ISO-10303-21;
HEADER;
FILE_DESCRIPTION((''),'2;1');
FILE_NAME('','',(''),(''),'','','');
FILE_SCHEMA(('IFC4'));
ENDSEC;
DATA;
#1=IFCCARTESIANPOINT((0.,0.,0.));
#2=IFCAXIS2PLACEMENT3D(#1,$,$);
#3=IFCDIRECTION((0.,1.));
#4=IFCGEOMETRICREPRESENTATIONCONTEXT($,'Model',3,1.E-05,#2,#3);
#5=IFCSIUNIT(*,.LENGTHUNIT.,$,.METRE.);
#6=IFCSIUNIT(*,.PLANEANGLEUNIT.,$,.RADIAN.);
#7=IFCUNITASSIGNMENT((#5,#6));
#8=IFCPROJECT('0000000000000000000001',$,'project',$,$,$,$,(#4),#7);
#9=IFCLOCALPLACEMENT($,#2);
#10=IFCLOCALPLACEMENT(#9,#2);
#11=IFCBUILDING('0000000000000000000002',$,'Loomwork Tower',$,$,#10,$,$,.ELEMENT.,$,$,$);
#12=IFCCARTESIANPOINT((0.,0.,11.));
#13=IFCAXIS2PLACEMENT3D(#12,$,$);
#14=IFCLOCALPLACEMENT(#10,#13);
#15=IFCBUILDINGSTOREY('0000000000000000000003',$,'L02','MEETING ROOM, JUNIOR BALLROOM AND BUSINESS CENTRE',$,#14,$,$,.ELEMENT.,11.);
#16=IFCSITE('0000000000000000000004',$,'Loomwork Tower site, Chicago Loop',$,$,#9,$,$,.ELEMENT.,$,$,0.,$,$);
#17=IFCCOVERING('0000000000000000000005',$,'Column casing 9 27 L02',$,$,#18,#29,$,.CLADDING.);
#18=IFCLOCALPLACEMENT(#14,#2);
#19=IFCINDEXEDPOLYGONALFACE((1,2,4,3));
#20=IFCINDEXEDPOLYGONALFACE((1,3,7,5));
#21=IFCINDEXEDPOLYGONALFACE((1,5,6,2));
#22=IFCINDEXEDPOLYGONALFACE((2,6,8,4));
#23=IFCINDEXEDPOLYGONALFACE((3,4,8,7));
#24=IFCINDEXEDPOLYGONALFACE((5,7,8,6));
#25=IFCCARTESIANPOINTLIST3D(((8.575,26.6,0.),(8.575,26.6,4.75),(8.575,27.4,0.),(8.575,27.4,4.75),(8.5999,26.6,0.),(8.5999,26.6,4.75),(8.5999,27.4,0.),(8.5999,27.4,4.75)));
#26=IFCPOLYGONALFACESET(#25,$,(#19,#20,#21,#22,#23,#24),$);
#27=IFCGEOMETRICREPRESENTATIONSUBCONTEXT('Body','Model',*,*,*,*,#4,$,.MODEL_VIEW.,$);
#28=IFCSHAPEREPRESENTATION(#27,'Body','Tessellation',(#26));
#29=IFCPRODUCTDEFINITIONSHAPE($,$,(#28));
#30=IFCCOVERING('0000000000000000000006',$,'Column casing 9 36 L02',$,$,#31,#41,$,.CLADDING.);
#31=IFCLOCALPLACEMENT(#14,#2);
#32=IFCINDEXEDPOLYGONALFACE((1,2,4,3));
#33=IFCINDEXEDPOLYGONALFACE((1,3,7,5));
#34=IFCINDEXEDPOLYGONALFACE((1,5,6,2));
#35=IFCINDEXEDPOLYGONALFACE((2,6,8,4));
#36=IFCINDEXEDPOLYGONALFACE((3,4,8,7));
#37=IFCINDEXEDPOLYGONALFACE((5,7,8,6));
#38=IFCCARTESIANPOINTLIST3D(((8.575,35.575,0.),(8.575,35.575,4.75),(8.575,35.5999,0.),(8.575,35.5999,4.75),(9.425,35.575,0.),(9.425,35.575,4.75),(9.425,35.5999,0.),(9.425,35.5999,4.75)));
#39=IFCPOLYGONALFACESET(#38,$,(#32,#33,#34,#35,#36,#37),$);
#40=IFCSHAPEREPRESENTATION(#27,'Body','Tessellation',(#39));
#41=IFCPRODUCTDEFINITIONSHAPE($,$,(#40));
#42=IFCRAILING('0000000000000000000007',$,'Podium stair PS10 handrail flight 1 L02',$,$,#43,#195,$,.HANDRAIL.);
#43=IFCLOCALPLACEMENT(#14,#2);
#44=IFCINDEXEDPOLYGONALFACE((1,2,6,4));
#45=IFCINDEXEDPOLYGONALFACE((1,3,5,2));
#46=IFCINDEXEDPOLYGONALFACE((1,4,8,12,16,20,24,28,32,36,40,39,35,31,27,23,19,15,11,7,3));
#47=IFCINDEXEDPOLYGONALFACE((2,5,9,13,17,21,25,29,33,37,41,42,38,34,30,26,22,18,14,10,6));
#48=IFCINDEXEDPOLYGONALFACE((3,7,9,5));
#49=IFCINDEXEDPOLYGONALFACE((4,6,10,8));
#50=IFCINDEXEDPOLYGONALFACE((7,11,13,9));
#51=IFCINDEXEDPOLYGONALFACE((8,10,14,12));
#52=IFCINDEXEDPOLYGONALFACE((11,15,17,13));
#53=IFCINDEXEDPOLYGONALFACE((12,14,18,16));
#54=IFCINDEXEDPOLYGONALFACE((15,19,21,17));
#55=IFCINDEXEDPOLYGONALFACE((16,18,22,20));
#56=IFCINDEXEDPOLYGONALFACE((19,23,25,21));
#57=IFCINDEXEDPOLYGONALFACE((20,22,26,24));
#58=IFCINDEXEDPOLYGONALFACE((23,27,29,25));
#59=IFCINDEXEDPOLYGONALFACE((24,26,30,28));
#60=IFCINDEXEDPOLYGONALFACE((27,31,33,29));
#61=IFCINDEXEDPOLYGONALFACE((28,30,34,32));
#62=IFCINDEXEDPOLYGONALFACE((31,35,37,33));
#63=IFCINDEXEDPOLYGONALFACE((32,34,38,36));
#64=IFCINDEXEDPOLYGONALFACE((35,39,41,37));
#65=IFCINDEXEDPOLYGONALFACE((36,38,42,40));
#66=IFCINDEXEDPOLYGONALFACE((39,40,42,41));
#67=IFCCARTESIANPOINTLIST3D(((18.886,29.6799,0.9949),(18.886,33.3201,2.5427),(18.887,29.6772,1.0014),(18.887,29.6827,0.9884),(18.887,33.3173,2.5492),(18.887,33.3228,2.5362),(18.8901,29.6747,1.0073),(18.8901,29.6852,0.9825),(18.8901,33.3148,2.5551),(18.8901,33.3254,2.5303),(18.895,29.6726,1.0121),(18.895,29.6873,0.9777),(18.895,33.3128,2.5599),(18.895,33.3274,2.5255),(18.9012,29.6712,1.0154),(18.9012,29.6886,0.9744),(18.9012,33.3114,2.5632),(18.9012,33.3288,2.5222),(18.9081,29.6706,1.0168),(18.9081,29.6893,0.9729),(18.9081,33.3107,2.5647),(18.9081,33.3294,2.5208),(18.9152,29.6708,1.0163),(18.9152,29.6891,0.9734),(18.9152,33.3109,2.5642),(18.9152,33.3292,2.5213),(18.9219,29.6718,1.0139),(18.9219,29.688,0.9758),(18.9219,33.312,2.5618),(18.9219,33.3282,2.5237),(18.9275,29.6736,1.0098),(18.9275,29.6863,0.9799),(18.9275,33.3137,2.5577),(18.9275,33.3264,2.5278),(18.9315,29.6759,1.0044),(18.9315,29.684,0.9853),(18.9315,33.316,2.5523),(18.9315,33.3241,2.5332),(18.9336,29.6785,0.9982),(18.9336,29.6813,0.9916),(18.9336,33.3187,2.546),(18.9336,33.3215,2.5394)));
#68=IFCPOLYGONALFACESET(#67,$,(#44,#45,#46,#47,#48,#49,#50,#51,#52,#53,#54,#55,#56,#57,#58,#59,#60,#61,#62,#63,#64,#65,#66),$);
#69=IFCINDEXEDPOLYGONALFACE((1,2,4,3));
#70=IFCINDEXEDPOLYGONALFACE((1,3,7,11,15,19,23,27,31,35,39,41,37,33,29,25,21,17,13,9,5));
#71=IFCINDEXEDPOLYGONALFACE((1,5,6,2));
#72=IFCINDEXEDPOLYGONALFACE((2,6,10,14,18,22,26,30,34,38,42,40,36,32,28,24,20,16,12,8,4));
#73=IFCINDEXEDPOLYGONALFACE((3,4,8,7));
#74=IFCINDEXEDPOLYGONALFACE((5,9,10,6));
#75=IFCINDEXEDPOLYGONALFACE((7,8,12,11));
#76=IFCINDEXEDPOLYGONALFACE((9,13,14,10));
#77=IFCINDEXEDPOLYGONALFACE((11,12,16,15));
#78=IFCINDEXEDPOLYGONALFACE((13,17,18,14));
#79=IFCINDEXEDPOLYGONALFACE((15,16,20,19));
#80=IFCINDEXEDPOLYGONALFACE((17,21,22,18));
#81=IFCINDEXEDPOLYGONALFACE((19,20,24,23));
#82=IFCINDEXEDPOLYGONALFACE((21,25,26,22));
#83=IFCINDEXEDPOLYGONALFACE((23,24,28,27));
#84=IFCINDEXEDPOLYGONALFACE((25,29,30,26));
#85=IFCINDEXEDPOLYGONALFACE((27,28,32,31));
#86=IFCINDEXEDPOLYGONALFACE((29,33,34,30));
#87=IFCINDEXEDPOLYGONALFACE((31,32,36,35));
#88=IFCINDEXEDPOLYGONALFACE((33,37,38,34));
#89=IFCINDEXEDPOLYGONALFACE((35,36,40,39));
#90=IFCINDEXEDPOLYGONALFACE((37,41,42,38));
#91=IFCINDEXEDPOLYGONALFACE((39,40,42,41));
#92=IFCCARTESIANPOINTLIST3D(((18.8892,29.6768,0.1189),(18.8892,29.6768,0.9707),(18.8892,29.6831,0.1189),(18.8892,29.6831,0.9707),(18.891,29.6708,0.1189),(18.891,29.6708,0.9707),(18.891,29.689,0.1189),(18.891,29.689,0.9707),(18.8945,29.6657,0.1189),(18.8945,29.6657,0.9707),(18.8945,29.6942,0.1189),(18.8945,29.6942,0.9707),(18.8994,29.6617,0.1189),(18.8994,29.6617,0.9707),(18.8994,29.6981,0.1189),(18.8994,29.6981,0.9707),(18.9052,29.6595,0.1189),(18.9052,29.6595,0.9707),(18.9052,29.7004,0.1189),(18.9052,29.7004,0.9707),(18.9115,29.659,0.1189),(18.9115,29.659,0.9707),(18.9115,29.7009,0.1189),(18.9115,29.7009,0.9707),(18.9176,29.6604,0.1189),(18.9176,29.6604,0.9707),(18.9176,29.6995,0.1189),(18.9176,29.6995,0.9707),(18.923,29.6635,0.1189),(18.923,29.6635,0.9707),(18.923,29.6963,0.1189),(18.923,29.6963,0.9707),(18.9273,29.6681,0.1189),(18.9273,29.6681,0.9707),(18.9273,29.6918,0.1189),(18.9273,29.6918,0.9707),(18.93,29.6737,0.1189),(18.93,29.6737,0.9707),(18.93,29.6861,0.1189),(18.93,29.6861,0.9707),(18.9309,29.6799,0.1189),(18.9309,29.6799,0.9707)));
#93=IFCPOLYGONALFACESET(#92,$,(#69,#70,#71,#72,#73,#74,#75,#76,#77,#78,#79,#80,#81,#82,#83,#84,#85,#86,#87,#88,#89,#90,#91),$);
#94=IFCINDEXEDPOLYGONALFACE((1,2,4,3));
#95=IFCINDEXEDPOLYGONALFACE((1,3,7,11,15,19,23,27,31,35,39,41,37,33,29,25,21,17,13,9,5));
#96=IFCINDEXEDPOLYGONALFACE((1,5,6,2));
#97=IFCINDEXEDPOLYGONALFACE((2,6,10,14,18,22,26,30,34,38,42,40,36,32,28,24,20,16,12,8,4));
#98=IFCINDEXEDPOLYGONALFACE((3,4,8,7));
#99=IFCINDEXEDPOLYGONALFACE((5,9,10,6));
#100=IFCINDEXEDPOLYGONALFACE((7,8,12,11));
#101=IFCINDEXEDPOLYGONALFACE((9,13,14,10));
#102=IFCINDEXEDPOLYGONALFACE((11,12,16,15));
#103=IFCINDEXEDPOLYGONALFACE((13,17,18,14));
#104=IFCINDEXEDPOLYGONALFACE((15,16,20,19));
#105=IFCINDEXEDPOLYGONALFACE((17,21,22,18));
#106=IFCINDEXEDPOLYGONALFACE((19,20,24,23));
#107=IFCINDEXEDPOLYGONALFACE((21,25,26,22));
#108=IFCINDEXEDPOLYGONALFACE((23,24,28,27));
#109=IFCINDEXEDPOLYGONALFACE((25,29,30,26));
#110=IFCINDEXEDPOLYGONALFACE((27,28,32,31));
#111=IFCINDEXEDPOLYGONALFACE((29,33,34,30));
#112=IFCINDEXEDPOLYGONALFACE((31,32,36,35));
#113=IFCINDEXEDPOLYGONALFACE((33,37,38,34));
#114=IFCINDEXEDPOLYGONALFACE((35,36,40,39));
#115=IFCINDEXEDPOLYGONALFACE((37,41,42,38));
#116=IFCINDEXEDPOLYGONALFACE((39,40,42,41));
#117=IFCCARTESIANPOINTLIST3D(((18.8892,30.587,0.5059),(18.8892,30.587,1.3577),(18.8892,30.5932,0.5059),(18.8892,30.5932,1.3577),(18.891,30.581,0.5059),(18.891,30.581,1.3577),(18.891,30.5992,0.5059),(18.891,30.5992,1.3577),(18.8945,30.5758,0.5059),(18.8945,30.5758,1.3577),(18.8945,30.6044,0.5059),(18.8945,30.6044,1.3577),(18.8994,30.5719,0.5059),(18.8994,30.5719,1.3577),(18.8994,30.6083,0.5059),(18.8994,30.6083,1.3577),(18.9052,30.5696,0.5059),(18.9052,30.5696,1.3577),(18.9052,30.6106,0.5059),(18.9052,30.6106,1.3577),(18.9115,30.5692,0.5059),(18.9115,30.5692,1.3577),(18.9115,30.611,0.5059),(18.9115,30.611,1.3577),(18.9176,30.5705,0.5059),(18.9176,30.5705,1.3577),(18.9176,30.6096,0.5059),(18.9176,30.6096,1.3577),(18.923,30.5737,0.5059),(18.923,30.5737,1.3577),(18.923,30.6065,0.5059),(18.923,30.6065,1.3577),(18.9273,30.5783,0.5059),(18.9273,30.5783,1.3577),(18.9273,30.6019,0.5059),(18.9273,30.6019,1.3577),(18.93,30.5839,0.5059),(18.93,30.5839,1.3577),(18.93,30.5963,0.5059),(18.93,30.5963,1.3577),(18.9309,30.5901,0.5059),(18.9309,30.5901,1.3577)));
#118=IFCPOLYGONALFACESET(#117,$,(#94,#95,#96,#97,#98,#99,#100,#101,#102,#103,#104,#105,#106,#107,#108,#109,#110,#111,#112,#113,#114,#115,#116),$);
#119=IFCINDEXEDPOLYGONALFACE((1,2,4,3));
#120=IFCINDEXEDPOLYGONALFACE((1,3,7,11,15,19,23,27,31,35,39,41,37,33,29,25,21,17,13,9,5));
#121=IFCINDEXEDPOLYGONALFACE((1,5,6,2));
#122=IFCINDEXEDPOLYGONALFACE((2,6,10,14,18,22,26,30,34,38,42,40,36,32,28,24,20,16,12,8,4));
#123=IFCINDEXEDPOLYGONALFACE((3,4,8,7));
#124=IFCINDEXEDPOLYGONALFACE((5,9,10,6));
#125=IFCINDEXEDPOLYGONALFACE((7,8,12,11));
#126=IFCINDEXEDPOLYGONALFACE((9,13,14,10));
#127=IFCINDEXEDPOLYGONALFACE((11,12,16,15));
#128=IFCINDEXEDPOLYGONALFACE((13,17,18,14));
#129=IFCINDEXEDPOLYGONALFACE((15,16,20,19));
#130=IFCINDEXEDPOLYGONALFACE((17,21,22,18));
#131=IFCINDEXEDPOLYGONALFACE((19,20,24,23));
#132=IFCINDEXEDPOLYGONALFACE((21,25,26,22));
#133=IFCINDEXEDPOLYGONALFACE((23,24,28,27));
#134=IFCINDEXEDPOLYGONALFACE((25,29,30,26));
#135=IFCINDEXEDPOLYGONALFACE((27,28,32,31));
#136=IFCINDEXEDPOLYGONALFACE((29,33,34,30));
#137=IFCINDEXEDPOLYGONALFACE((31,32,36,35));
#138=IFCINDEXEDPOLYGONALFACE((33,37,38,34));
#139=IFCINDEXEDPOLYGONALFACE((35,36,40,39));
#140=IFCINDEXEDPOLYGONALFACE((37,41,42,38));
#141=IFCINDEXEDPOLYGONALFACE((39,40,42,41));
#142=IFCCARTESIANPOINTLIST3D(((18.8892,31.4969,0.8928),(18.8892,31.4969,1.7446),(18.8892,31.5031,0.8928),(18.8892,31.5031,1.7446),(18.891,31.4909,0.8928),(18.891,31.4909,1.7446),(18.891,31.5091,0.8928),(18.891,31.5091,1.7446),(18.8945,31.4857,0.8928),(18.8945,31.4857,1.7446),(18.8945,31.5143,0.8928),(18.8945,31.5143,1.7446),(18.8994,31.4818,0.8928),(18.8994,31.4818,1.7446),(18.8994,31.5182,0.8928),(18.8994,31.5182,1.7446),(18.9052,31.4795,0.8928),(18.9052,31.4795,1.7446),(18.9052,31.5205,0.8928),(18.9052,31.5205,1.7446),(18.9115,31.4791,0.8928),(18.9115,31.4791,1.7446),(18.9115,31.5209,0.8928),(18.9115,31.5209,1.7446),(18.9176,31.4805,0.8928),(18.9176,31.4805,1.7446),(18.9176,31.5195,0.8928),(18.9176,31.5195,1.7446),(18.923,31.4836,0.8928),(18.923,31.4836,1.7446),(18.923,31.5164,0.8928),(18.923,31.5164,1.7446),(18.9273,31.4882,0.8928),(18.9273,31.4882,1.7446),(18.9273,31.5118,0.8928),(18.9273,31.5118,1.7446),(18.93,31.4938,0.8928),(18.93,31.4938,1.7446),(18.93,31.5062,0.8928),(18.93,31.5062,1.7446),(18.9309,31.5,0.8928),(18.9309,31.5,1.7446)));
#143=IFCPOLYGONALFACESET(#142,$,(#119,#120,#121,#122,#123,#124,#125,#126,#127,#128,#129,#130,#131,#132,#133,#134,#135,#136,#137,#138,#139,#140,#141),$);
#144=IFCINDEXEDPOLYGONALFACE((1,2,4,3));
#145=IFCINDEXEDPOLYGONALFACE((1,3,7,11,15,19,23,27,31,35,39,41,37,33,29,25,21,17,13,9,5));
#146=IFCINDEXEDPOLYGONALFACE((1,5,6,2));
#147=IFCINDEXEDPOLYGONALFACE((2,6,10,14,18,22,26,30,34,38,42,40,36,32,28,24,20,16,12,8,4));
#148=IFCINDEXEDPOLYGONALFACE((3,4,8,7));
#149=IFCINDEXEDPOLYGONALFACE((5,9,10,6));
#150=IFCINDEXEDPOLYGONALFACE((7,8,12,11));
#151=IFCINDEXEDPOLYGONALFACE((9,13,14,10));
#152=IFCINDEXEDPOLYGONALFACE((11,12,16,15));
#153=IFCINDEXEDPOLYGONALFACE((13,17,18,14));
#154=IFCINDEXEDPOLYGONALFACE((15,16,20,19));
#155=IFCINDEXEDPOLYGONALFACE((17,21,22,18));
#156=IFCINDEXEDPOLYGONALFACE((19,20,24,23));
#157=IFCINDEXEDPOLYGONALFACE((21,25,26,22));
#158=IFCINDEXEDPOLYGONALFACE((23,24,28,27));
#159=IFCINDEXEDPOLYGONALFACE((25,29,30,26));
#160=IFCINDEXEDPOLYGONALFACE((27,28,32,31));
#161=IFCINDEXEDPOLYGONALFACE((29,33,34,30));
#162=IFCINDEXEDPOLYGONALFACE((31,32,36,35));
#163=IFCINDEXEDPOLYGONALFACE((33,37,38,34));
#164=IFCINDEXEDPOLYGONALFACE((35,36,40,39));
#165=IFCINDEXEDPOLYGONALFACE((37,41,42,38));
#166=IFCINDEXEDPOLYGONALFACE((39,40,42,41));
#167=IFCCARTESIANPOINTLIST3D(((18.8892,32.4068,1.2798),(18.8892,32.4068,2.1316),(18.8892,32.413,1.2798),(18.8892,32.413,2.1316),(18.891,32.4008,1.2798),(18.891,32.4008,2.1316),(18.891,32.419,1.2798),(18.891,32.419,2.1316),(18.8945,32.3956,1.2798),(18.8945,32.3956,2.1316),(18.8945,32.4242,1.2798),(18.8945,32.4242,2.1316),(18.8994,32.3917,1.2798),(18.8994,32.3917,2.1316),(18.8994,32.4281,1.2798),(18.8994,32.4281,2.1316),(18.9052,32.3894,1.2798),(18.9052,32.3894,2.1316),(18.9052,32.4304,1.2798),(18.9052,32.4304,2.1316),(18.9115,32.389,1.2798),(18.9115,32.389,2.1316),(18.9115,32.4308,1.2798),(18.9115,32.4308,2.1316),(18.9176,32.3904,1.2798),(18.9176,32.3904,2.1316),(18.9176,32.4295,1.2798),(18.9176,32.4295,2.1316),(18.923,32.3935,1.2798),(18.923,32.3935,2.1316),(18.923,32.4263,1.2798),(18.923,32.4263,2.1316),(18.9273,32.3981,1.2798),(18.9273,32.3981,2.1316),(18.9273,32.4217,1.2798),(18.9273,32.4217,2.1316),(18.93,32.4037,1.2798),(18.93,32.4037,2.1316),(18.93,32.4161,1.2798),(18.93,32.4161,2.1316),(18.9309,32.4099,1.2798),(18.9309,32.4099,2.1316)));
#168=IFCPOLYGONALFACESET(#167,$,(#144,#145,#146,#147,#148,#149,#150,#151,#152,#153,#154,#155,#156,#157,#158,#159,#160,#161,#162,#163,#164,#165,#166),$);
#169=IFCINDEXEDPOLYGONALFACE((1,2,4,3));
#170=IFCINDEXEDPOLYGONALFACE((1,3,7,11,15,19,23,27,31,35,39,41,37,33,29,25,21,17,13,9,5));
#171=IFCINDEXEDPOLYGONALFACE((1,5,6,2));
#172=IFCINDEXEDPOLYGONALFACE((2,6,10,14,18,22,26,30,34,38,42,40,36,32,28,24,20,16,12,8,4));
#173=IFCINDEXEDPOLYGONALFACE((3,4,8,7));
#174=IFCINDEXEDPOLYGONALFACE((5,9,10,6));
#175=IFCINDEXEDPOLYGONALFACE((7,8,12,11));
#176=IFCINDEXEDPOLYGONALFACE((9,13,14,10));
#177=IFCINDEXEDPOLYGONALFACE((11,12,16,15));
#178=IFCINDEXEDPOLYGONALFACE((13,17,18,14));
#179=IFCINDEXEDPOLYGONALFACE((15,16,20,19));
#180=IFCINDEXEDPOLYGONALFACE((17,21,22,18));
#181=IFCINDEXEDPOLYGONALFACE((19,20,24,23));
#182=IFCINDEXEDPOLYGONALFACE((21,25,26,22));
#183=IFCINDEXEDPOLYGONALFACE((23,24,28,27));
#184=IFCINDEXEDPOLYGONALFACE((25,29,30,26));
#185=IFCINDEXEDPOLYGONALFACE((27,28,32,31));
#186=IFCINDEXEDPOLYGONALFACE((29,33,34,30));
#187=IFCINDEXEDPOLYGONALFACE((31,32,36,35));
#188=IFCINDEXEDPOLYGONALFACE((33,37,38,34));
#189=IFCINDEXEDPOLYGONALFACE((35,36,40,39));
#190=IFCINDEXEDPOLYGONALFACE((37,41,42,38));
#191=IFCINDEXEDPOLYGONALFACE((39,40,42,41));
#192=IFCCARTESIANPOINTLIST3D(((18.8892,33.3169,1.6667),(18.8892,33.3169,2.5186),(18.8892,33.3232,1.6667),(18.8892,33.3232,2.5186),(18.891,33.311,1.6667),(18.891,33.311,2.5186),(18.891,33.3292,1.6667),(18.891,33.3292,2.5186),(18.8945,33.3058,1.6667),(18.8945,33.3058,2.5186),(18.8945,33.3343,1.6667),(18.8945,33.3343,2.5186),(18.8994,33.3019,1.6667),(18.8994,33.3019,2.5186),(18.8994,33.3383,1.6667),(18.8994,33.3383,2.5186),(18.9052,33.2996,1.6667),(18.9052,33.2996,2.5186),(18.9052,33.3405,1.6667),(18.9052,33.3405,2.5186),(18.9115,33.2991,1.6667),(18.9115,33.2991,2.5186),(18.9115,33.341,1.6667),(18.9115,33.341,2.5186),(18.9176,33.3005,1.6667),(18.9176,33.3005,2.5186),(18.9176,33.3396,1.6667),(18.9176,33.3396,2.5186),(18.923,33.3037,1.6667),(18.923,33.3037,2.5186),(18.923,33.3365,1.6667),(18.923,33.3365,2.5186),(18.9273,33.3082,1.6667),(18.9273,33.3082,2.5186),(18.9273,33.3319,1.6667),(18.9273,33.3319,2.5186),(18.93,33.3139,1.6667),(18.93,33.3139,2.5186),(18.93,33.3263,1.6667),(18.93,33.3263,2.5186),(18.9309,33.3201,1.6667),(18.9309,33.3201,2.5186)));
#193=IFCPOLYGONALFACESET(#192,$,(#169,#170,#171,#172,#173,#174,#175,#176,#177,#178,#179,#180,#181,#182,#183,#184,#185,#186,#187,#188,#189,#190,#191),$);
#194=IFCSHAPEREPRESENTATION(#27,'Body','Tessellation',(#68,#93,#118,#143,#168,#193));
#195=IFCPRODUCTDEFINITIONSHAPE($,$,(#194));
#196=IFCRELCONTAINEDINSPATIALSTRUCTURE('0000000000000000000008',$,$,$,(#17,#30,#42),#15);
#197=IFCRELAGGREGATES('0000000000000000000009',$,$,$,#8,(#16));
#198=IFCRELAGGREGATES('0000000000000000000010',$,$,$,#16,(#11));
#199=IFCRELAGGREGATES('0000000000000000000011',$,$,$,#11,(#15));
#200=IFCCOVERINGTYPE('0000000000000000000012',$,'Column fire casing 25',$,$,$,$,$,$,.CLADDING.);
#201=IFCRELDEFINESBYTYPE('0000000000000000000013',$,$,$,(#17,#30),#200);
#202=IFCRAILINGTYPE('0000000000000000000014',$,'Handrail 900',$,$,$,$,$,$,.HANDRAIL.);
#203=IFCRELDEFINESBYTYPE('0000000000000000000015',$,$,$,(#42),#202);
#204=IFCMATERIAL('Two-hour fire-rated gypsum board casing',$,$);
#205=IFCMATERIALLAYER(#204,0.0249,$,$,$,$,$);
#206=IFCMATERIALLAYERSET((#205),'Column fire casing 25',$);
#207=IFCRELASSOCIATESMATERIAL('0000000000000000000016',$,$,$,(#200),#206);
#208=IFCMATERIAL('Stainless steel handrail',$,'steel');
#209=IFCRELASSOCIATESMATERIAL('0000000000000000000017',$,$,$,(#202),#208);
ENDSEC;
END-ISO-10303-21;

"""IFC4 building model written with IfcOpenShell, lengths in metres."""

from ifc_helpers import new_model, si_unit, direction, frame, origin, origin_2d, place, context, subcontext, project, spatial, rectangle, circle, extrude, material, layer, layer_set, type_object, element, save


model = new_model("IFC4")

# Units and contexts
model_context = context("Model", 3, precision=1e-05, world=origin(), true_north=direction((0.0, 1.0)))
body_context = subcontext(model_context, "Body", "Model", "MODEL_VIEW")
ifc_project = project(units=[si_unit("LENGTHUNIT", "METRE"), si_unit("PLANEANGLEUNIT", "RADIAN")], contexts=[model_context])

# Site, building, storey
site_placement = place(None, origin())
site = spatial("IfcSite", under=ifc_project, at=site_placement, Name="Loomwork Tower site, Chicago Loop", CompositionType="ELEMENT", RefElevation=0.0)
building_placement = place(site_placement, origin())
building = spatial("IfcBuilding", under=site, at=building_placement, Name="Loomwork Tower", CompositionType="ELEMENT")
storey_placement = place(building_placement, frame((0.0, 0.0, 11.0)))
storey = spatial("IfcBuildingStorey", under=building, at=storey_placement, Name="L02", Description="MEETING ROOM, JUNIOR BALLROOM AND BUSINESS CENTRE", CompositionType="ELEMENT", Elevation=11.0)

# Coverings
ifc_material_1 = material(Name="Two-hour fire-rated gypsum board casing")
ifc_layer_1 = layer(ifc_material_1, 0.0249)
ifc_layer_set_1 = layer_set([ifc_layer_1], Name="Column fire casing 25")
covering_type = type_object("IfcCoveringType", Name="Column fire casing 25", PredefinedType="CLADDING", material=ifc_layer_set_1)
for number, where, z_axis, x_axis, name in (
    (1, (8.5874, 27.0, 0.0), (0.0, 0.0, 1.0), (1.0, 0.0, 0.0), "Column casing 9 27 L02"),
):
    element("IfcCovering", number, at=place(storey_placement, frame(where, z_axis=z_axis, x_axis=x_axis)), inside=storey, type_object=covering_type, Name=name, PredefinedType="CLADDING", context=body_context, shape_type="SweptSolid", body=[
        extrude(rectangle(XDim=0.0249, YDim=0.8, at=origin_2d()), origin(), (0.0, 0.0, 1.0), 4.75),
    ])
covering_1_placement = place(storey_placement, frame((9.0, 35.5874, 0.0), z_axis=(0.0, 0.0, 1.0), x_axis=(1.0, 0.0, 0.0)))
element("IfcCovering", 2, at=covering_1_placement, inside=storey, type_object=covering_type, Name="Column casing 9 36 L02", PredefinedType="CLADDING", context=body_context, shape_type="SweptSolid", body=[
    extrude(rectangle(XDim=0.8501, YDim=0.0249, at=origin_2d()), origin(), (0.0, 0.0, 1.0), 4.75),
])

# Railing
ifc_material_2 = material(Name="Stainless steel handrail", Category="steel")
railing_type = type_object("IfcRailingType", Name="Handrail 900", PredefinedType="HANDRAIL", material=ifc_material_2)
railing_1_placement = place(storey_placement, frame((18.9099, 29.6799, 0.1189)))
element("IfcRailing", 3, at=railing_1_placement, inside=storey, type_object=railing_type, Name="Podium stair PS10 handrail flight 1 L02", PredefinedType="HANDRAIL", context=body_context, shape_type="SweptSolid", body=[
    extrude(circle(Radius=0.0239, at=origin_2d()), frame((0.0, 0.0, 0.876), z_axis=(0.0, 0.920259, 0.391311), x_axis=(-1.0, 0.0, 0.0)), (0.0, 0.0, 1.0), 3.9556),
    extrude(circle(Radius=0.021, at=origin_2d()), origin(), (0.0, 0.0, 1.0), 0.8518),
    extrude(circle(Radius=0.021, at=origin_2d()), frame((0.0, 0.9102, 0.387)), (0.0, 0.0, 1.0), 0.8518),
    extrude(circle(Radius=0.021, at=origin_2d()), frame((0.0, 1.8201, 0.7739)), (0.0, 0.0, 1.0), 0.8518),
    extrude(circle(Radius=0.021, at=origin_2d()), frame((0.0, 2.73, 1.1609)), (0.0, 0.0, 1.0), 0.8518),
    extrude(circle(Radius=0.021, at=origin_2d()), frame((0.0, 3.6401, 1.5479)), (0.0, 0.0, 1.0), 0.8518),
])

save(model, "model.ifc")
